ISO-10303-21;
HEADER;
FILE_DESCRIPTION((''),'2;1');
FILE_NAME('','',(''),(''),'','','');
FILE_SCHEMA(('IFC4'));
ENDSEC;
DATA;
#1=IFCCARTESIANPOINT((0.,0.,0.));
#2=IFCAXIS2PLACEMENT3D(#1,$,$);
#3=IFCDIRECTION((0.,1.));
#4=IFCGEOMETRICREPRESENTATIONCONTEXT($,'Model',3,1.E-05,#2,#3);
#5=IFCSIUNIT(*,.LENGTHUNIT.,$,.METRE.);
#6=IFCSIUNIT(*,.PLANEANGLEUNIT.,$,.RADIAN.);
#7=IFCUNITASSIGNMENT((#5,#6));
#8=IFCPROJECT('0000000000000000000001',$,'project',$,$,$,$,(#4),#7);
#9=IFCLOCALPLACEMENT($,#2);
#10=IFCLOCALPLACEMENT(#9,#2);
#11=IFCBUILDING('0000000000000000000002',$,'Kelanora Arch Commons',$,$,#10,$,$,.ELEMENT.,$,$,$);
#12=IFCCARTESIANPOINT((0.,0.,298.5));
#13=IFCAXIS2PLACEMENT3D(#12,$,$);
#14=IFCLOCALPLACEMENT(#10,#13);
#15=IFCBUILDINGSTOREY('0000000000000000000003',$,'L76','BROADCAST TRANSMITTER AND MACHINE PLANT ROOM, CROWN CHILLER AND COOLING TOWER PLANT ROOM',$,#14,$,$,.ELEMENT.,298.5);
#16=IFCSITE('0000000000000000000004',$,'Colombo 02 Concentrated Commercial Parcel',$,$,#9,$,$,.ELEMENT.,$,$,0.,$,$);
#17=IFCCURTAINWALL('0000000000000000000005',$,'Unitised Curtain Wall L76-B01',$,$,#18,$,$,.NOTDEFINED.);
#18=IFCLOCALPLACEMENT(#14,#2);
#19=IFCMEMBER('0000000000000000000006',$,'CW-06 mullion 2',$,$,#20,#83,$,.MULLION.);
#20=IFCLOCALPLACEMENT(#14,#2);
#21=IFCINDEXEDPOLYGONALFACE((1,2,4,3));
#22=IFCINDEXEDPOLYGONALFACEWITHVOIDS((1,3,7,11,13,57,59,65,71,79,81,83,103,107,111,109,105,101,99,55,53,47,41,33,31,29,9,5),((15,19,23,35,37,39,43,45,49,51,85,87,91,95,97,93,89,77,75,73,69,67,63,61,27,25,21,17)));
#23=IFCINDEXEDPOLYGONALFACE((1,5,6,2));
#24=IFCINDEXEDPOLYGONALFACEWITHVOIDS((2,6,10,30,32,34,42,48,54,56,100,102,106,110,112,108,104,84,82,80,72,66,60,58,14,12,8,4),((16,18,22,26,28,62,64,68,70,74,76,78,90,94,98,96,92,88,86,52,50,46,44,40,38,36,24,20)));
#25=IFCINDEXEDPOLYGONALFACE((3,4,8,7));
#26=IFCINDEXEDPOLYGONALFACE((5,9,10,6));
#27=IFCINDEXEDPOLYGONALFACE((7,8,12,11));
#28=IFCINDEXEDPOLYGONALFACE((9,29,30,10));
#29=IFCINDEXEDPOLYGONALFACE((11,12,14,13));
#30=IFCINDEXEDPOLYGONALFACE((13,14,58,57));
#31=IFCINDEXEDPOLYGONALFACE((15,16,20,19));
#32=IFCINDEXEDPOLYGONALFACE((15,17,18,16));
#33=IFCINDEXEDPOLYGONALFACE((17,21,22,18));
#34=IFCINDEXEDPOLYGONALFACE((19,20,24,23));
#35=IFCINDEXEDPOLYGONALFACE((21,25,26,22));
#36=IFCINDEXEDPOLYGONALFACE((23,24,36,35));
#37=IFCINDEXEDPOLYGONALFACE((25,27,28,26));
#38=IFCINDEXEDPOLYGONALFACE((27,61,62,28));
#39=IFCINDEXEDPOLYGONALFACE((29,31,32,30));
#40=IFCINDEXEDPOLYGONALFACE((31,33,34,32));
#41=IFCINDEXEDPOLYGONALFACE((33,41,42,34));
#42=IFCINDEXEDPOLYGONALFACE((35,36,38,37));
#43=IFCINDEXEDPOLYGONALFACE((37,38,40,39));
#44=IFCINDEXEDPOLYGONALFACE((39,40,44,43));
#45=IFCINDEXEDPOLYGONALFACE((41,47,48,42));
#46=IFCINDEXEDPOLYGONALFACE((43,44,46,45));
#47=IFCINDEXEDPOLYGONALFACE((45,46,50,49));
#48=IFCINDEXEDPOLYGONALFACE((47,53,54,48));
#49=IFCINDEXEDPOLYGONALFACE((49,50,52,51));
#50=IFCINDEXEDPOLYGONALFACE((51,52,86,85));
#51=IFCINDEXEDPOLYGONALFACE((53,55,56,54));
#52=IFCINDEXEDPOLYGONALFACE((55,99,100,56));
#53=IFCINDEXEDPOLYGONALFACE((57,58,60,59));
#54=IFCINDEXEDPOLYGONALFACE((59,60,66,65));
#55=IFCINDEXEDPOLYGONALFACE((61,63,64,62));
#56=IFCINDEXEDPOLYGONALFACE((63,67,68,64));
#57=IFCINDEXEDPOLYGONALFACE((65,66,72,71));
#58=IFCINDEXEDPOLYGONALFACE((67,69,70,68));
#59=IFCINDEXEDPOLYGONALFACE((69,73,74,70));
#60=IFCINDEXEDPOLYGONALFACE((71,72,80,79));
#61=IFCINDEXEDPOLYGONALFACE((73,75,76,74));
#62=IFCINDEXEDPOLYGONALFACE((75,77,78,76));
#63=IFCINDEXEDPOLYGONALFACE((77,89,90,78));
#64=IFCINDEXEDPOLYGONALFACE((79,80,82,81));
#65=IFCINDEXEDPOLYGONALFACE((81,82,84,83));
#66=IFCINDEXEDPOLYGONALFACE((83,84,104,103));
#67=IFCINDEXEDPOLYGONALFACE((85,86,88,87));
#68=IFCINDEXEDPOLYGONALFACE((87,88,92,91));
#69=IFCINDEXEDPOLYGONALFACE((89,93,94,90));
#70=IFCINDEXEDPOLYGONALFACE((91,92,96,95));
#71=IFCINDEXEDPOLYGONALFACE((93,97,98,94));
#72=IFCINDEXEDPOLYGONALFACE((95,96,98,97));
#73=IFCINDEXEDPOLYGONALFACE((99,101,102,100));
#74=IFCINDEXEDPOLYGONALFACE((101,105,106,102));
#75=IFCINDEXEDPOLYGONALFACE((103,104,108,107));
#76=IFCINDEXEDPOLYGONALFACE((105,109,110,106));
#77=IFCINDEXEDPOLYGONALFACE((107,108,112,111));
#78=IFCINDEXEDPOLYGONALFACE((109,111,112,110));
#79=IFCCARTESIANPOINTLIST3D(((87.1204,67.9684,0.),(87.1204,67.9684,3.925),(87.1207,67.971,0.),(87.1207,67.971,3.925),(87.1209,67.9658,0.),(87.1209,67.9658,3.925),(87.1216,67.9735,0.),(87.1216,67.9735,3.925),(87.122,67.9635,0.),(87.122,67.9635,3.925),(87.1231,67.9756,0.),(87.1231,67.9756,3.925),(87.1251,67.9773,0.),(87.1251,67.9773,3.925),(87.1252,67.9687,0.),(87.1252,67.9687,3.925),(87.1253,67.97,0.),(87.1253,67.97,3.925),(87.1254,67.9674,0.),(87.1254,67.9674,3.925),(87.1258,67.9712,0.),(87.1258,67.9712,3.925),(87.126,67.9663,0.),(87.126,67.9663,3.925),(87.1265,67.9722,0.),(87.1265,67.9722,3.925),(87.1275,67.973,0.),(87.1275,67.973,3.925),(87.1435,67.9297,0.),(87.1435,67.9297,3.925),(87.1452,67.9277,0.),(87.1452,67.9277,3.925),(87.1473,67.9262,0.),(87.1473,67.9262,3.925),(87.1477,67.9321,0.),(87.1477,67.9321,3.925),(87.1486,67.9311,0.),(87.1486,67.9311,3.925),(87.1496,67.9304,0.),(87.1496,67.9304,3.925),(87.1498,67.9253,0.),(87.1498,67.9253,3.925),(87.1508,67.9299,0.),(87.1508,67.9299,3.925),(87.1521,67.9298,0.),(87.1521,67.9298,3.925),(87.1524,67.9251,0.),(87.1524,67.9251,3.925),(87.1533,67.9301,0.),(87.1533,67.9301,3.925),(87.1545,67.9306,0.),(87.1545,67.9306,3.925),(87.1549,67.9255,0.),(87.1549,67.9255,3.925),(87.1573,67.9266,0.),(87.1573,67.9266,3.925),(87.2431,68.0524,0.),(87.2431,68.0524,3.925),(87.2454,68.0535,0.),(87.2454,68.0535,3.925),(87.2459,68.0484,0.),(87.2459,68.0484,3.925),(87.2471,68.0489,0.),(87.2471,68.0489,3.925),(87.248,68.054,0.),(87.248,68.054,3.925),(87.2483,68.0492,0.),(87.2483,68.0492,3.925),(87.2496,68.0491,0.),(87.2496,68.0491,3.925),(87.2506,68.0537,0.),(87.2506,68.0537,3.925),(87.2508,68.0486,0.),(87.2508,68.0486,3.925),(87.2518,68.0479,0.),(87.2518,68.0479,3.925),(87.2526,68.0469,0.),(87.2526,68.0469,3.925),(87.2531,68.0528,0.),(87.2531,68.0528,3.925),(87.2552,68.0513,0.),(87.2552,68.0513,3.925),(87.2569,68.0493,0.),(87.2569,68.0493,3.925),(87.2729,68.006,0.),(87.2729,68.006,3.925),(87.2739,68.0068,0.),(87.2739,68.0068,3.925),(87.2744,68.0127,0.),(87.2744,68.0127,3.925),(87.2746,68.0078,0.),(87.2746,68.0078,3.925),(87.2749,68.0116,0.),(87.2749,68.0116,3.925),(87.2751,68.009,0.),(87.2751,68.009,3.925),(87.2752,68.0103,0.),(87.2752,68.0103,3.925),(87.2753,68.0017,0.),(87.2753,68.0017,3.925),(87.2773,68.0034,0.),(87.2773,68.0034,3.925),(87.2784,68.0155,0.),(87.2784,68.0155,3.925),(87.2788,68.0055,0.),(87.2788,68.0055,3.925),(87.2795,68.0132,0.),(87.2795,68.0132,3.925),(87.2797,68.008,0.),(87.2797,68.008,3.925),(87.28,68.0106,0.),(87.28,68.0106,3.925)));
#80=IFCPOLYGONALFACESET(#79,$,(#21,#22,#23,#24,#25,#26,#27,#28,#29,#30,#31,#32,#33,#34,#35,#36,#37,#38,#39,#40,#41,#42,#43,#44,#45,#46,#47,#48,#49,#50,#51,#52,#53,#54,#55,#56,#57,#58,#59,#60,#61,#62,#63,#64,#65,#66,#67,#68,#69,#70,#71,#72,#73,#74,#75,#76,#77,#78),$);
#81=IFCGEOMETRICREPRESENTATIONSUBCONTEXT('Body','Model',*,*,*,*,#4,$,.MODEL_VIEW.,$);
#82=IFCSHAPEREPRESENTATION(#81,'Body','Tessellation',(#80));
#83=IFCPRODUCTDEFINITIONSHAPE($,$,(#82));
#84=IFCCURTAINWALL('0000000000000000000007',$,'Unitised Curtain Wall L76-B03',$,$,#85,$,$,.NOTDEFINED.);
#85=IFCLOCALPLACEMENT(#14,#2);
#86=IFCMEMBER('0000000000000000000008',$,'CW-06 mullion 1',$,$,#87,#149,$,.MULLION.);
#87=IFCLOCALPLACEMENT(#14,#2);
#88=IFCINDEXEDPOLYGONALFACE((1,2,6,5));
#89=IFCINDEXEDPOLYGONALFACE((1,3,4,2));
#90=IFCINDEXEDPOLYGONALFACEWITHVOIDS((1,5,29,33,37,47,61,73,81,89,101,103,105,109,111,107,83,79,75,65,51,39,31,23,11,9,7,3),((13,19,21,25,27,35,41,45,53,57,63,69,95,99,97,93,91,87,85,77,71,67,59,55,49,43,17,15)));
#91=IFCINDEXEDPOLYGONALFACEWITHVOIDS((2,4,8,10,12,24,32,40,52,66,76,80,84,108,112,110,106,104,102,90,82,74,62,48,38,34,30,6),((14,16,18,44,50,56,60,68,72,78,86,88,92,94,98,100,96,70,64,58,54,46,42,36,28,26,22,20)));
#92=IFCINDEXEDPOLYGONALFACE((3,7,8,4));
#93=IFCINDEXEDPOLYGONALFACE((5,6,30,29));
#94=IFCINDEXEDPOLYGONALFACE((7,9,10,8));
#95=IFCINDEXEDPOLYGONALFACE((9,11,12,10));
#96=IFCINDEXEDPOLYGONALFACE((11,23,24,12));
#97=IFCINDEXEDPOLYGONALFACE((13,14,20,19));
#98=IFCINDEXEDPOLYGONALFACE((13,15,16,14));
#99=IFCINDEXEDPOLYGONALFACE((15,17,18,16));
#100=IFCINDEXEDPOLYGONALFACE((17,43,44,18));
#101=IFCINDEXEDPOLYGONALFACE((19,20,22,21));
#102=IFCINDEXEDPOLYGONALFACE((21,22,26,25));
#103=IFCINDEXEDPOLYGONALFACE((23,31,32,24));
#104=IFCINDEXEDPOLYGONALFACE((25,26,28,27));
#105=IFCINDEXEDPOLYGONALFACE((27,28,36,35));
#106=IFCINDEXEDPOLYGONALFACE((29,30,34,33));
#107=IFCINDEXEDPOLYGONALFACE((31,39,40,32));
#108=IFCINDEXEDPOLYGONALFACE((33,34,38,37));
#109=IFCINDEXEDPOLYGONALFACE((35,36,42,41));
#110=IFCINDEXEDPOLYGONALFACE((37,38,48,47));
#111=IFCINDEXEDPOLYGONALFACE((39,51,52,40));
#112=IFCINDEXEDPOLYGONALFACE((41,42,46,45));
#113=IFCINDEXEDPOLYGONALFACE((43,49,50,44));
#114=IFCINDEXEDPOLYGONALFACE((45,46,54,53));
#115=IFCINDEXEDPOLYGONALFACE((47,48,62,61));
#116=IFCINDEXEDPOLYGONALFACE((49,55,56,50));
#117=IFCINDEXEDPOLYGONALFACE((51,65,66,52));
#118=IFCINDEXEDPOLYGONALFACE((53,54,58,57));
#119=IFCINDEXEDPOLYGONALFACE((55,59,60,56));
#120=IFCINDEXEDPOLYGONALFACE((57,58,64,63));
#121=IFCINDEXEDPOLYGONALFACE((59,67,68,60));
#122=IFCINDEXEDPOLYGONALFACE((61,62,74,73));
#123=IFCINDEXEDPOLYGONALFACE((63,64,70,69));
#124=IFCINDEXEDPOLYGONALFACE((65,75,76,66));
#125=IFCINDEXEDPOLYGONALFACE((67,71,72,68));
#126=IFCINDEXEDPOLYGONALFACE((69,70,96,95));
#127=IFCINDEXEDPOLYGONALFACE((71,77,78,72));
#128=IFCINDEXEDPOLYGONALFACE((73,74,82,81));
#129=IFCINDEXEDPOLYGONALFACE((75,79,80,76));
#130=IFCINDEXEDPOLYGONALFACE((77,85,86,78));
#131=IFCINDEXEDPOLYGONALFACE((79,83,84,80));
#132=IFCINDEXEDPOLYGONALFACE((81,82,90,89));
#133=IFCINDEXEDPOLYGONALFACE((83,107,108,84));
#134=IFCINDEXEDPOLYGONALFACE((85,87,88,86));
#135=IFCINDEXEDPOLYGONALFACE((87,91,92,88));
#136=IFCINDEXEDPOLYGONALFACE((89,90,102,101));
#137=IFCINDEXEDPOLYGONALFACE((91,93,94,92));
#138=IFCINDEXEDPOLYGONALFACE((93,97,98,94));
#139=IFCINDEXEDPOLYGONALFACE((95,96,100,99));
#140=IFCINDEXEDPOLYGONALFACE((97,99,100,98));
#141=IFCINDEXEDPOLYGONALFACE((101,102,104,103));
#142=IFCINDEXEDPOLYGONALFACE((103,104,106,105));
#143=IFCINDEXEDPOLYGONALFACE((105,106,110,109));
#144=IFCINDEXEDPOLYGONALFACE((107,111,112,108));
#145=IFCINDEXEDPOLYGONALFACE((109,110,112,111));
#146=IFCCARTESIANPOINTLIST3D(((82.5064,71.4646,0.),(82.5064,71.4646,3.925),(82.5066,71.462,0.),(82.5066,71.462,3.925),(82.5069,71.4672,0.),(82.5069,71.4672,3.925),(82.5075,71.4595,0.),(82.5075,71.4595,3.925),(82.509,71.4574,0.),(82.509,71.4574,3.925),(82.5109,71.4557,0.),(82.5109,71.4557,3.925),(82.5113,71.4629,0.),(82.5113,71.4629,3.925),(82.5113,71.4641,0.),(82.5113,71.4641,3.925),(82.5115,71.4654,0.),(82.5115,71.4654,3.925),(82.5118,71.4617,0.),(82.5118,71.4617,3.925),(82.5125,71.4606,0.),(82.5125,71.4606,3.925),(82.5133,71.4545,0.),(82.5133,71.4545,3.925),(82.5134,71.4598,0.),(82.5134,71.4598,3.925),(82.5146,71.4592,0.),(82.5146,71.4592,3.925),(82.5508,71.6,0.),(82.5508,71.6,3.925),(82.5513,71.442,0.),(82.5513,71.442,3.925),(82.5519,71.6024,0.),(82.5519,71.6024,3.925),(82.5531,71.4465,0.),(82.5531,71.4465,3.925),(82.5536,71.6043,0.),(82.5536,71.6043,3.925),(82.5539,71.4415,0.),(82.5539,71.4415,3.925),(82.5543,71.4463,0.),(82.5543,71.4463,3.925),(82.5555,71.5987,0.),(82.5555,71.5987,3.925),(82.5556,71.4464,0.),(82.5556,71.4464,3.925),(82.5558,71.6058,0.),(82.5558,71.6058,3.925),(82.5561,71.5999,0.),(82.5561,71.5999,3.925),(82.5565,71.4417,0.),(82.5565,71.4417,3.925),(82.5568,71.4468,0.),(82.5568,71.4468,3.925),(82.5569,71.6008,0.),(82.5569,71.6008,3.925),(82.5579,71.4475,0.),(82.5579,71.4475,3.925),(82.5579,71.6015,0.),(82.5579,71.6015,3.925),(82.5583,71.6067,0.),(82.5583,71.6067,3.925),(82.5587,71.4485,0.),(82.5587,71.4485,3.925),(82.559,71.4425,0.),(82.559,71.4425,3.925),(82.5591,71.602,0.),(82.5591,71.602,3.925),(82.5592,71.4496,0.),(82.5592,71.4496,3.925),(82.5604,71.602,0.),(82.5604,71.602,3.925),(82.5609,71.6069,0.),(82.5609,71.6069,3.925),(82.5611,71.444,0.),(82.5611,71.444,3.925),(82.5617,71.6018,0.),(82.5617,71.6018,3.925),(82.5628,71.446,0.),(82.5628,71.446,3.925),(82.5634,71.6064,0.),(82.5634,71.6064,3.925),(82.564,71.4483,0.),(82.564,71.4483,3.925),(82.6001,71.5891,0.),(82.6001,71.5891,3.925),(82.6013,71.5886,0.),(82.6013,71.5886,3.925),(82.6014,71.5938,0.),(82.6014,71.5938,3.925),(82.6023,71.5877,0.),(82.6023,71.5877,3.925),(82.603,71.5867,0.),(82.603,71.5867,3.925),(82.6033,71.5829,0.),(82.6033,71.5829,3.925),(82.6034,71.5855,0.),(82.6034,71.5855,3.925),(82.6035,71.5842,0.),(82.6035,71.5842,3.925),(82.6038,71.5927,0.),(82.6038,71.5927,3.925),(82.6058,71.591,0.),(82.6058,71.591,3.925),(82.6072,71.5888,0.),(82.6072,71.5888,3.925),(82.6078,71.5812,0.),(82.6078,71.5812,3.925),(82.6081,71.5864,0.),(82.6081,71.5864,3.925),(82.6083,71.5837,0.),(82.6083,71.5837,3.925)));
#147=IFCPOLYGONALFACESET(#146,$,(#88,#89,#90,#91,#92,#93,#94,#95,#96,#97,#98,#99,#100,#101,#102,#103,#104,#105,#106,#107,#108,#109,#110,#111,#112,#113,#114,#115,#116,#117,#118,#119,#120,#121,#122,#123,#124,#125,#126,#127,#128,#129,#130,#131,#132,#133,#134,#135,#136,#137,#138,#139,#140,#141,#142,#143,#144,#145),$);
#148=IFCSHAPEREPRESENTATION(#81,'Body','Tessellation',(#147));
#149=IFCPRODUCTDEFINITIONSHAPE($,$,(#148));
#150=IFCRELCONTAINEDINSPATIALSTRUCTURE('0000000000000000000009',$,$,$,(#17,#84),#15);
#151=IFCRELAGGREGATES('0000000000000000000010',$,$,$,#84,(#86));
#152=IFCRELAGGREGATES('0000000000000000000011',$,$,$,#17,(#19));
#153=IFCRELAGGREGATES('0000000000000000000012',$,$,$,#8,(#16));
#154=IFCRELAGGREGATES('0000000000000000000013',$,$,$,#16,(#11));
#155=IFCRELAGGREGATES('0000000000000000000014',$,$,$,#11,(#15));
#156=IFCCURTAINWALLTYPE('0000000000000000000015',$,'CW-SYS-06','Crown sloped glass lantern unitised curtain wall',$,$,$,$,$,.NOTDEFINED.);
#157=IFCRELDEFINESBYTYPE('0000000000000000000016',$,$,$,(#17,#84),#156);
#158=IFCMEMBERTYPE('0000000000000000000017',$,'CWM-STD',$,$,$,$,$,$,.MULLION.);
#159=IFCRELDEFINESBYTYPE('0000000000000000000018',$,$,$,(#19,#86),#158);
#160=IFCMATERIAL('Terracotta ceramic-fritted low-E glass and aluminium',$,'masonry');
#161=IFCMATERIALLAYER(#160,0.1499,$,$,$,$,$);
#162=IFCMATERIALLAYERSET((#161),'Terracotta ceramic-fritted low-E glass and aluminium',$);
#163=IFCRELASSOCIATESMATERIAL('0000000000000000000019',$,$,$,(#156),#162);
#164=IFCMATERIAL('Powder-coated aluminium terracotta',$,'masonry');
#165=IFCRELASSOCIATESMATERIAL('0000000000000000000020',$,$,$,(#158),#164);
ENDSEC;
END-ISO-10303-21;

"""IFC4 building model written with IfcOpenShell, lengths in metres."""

from ifc_helpers import new_model, si_unit, direction, frame, origin, origin_2d, place, context, subcontext, project, spatial, hollow_rectangle, extrude, material, layer, layer_set, material_profile, profile_set, type_object, element, aggregate, save


model = new_model("IFC4")

# Units and contexts
model_context = context("Model", 3, precision=1e-05, world=origin(), true_north=direction((0.0, 1.0)))
body_context = subcontext(model_context, "Body", "Model", "MODEL_VIEW")
ifc_project = project(units=[si_unit("LENGTHUNIT", "METRE"), si_unit("PLANEANGLEUNIT", "RADIAN")], contexts=[model_context])

# Site, building, storey
site_placement = place(None, origin())
site = spatial("IfcSite", under=ifc_project, at=site_placement, Name="Colombo 02 Concentrated Commercial Parcel", CompositionType="ELEMENT", RefElevation=0.0)
building_placement = place(site_placement, origin())
building = spatial("IfcBuilding", under=site, at=building_placement, Name="Kelanora Arch Commons", CompositionType="ELEMENT")
storey_placement = place(building_placement, frame((0.0, 0.0, 298.5)))
storey = spatial("IfcBuildingStorey", under=building, at=storey_placement, Name="L76", Description="BROADCAST TRANSMITTER AND MACHINE PLANT ROOM, CROWN CHILLER AND COOLING TOWER PLANT ROOM", CompositionType="ELEMENT", Elevation=298.5)

# Curtain walls, members
ifc_material_1 = material(Name="Terracotta ceramic-fritted low-E glass and aluminium", Category="masonry")
ifc_layer_1 = layer(ifc_material_1, 0.1499)
ifc_layer_set_1 = layer_set([ifc_layer_1], Name="Terracotta ceramic-fritted low-E glass and aluminium")
curtain_wall_type = type_object("IfcCurtainWallType", Name="CW-SYS-06", Description="Crown sloped glass lantern unitised curtain wall", PredefinedType="NOTDEFINED", material=ifc_layer_set_1)
curtain_wall_1_placement = place(storey_placement, origin())
curtain_wall_1 = element("IfcCurtainWall", 1, at=curtain_wall_1_placement, inside=storey, type_object=curtain_wall_type, Name="Unitised Curtain Wall L76-B01", PredefinedType="NOTDEFINED")
ifc_material_2 = material(Name="Powder-coated aluminium terracotta", Category="masonry")
ifc_material_profile_1 = material_profile(ifc_material_2, hollow_rectangle(XDim=0.1599, YDim=0.0601, WallThickness=0.0049, InnerFilletRadius=0.0049, OuterFilletRadius=0.01, at=origin_2d()), Name="CWM160x60")
ifc_profile_set_1 = profile_set([ifc_material_profile_1], Name="Powder-coated aluminium terracotta")
member_type_1 = type_object("IfcMemberType", Name="CWM-STD", PredefinedType="MULLION", material=ifc_profile_set_1)
member_1_placement = place(storey_placement, frame((87.2002, 67.9895, 0.0), z_axis=(0.0, 0.0, 1.0), x_axis=(-0.843592, -0.536984, 0.0)))
member_1 = element("IfcMember", 2, at=member_1_placement, type_object=member_type_1, Name="CW-06 mullion 2", PredefinedType="MULLION", context=body_context, shape_type="SweptSolid", body=[
    extrude(hollow_rectangle(XDim=0.1599, YDim=0.0601, WallThickness=0.0049, InnerFilletRadius=0.0049, OuterFilletRadius=0.01, at=origin_2d()), origin(), (0.0, 0.0, 1.0), 3.925),
])
curtain_wall_2_placement = place(storey_placement, origin())
curtain_wall_2 = element("IfcCurtainWall", 3, at=curtain_wall_2_placement, inside=storey, type_object=curtain_wall_type, Name="Unitised Curtain Wall L76-B03", PredefinedType="NOTDEFINED")
member_2_placement = place(storey_placement, frame((82.5574, 71.5242, 0.0), z_axis=(0.0, 0.0, 1.0), x_axis=(-0.313467, -0.949599, 0.0)))
member_2 = element("IfcMember", 4, at=member_2_placement, type_object=member_type_1, Name="CW-06 mullion 1", PredefinedType="MULLION", context=body_context, shape_type="SweptSolid", body=[
    extrude(hollow_rectangle(XDim=0.1599, YDim=0.0601, WallThickness=0.0049, InnerFilletRadius=0.0049, OuterFilletRadius=0.01, at=origin_2d()), origin(), (0.0, 0.0, 1.0), 3.925),
])

aggregate(curtain_wall_2, [member_2])

aggregate(curtain_wall_1, [member_1])

save(model, "model.ifc")
